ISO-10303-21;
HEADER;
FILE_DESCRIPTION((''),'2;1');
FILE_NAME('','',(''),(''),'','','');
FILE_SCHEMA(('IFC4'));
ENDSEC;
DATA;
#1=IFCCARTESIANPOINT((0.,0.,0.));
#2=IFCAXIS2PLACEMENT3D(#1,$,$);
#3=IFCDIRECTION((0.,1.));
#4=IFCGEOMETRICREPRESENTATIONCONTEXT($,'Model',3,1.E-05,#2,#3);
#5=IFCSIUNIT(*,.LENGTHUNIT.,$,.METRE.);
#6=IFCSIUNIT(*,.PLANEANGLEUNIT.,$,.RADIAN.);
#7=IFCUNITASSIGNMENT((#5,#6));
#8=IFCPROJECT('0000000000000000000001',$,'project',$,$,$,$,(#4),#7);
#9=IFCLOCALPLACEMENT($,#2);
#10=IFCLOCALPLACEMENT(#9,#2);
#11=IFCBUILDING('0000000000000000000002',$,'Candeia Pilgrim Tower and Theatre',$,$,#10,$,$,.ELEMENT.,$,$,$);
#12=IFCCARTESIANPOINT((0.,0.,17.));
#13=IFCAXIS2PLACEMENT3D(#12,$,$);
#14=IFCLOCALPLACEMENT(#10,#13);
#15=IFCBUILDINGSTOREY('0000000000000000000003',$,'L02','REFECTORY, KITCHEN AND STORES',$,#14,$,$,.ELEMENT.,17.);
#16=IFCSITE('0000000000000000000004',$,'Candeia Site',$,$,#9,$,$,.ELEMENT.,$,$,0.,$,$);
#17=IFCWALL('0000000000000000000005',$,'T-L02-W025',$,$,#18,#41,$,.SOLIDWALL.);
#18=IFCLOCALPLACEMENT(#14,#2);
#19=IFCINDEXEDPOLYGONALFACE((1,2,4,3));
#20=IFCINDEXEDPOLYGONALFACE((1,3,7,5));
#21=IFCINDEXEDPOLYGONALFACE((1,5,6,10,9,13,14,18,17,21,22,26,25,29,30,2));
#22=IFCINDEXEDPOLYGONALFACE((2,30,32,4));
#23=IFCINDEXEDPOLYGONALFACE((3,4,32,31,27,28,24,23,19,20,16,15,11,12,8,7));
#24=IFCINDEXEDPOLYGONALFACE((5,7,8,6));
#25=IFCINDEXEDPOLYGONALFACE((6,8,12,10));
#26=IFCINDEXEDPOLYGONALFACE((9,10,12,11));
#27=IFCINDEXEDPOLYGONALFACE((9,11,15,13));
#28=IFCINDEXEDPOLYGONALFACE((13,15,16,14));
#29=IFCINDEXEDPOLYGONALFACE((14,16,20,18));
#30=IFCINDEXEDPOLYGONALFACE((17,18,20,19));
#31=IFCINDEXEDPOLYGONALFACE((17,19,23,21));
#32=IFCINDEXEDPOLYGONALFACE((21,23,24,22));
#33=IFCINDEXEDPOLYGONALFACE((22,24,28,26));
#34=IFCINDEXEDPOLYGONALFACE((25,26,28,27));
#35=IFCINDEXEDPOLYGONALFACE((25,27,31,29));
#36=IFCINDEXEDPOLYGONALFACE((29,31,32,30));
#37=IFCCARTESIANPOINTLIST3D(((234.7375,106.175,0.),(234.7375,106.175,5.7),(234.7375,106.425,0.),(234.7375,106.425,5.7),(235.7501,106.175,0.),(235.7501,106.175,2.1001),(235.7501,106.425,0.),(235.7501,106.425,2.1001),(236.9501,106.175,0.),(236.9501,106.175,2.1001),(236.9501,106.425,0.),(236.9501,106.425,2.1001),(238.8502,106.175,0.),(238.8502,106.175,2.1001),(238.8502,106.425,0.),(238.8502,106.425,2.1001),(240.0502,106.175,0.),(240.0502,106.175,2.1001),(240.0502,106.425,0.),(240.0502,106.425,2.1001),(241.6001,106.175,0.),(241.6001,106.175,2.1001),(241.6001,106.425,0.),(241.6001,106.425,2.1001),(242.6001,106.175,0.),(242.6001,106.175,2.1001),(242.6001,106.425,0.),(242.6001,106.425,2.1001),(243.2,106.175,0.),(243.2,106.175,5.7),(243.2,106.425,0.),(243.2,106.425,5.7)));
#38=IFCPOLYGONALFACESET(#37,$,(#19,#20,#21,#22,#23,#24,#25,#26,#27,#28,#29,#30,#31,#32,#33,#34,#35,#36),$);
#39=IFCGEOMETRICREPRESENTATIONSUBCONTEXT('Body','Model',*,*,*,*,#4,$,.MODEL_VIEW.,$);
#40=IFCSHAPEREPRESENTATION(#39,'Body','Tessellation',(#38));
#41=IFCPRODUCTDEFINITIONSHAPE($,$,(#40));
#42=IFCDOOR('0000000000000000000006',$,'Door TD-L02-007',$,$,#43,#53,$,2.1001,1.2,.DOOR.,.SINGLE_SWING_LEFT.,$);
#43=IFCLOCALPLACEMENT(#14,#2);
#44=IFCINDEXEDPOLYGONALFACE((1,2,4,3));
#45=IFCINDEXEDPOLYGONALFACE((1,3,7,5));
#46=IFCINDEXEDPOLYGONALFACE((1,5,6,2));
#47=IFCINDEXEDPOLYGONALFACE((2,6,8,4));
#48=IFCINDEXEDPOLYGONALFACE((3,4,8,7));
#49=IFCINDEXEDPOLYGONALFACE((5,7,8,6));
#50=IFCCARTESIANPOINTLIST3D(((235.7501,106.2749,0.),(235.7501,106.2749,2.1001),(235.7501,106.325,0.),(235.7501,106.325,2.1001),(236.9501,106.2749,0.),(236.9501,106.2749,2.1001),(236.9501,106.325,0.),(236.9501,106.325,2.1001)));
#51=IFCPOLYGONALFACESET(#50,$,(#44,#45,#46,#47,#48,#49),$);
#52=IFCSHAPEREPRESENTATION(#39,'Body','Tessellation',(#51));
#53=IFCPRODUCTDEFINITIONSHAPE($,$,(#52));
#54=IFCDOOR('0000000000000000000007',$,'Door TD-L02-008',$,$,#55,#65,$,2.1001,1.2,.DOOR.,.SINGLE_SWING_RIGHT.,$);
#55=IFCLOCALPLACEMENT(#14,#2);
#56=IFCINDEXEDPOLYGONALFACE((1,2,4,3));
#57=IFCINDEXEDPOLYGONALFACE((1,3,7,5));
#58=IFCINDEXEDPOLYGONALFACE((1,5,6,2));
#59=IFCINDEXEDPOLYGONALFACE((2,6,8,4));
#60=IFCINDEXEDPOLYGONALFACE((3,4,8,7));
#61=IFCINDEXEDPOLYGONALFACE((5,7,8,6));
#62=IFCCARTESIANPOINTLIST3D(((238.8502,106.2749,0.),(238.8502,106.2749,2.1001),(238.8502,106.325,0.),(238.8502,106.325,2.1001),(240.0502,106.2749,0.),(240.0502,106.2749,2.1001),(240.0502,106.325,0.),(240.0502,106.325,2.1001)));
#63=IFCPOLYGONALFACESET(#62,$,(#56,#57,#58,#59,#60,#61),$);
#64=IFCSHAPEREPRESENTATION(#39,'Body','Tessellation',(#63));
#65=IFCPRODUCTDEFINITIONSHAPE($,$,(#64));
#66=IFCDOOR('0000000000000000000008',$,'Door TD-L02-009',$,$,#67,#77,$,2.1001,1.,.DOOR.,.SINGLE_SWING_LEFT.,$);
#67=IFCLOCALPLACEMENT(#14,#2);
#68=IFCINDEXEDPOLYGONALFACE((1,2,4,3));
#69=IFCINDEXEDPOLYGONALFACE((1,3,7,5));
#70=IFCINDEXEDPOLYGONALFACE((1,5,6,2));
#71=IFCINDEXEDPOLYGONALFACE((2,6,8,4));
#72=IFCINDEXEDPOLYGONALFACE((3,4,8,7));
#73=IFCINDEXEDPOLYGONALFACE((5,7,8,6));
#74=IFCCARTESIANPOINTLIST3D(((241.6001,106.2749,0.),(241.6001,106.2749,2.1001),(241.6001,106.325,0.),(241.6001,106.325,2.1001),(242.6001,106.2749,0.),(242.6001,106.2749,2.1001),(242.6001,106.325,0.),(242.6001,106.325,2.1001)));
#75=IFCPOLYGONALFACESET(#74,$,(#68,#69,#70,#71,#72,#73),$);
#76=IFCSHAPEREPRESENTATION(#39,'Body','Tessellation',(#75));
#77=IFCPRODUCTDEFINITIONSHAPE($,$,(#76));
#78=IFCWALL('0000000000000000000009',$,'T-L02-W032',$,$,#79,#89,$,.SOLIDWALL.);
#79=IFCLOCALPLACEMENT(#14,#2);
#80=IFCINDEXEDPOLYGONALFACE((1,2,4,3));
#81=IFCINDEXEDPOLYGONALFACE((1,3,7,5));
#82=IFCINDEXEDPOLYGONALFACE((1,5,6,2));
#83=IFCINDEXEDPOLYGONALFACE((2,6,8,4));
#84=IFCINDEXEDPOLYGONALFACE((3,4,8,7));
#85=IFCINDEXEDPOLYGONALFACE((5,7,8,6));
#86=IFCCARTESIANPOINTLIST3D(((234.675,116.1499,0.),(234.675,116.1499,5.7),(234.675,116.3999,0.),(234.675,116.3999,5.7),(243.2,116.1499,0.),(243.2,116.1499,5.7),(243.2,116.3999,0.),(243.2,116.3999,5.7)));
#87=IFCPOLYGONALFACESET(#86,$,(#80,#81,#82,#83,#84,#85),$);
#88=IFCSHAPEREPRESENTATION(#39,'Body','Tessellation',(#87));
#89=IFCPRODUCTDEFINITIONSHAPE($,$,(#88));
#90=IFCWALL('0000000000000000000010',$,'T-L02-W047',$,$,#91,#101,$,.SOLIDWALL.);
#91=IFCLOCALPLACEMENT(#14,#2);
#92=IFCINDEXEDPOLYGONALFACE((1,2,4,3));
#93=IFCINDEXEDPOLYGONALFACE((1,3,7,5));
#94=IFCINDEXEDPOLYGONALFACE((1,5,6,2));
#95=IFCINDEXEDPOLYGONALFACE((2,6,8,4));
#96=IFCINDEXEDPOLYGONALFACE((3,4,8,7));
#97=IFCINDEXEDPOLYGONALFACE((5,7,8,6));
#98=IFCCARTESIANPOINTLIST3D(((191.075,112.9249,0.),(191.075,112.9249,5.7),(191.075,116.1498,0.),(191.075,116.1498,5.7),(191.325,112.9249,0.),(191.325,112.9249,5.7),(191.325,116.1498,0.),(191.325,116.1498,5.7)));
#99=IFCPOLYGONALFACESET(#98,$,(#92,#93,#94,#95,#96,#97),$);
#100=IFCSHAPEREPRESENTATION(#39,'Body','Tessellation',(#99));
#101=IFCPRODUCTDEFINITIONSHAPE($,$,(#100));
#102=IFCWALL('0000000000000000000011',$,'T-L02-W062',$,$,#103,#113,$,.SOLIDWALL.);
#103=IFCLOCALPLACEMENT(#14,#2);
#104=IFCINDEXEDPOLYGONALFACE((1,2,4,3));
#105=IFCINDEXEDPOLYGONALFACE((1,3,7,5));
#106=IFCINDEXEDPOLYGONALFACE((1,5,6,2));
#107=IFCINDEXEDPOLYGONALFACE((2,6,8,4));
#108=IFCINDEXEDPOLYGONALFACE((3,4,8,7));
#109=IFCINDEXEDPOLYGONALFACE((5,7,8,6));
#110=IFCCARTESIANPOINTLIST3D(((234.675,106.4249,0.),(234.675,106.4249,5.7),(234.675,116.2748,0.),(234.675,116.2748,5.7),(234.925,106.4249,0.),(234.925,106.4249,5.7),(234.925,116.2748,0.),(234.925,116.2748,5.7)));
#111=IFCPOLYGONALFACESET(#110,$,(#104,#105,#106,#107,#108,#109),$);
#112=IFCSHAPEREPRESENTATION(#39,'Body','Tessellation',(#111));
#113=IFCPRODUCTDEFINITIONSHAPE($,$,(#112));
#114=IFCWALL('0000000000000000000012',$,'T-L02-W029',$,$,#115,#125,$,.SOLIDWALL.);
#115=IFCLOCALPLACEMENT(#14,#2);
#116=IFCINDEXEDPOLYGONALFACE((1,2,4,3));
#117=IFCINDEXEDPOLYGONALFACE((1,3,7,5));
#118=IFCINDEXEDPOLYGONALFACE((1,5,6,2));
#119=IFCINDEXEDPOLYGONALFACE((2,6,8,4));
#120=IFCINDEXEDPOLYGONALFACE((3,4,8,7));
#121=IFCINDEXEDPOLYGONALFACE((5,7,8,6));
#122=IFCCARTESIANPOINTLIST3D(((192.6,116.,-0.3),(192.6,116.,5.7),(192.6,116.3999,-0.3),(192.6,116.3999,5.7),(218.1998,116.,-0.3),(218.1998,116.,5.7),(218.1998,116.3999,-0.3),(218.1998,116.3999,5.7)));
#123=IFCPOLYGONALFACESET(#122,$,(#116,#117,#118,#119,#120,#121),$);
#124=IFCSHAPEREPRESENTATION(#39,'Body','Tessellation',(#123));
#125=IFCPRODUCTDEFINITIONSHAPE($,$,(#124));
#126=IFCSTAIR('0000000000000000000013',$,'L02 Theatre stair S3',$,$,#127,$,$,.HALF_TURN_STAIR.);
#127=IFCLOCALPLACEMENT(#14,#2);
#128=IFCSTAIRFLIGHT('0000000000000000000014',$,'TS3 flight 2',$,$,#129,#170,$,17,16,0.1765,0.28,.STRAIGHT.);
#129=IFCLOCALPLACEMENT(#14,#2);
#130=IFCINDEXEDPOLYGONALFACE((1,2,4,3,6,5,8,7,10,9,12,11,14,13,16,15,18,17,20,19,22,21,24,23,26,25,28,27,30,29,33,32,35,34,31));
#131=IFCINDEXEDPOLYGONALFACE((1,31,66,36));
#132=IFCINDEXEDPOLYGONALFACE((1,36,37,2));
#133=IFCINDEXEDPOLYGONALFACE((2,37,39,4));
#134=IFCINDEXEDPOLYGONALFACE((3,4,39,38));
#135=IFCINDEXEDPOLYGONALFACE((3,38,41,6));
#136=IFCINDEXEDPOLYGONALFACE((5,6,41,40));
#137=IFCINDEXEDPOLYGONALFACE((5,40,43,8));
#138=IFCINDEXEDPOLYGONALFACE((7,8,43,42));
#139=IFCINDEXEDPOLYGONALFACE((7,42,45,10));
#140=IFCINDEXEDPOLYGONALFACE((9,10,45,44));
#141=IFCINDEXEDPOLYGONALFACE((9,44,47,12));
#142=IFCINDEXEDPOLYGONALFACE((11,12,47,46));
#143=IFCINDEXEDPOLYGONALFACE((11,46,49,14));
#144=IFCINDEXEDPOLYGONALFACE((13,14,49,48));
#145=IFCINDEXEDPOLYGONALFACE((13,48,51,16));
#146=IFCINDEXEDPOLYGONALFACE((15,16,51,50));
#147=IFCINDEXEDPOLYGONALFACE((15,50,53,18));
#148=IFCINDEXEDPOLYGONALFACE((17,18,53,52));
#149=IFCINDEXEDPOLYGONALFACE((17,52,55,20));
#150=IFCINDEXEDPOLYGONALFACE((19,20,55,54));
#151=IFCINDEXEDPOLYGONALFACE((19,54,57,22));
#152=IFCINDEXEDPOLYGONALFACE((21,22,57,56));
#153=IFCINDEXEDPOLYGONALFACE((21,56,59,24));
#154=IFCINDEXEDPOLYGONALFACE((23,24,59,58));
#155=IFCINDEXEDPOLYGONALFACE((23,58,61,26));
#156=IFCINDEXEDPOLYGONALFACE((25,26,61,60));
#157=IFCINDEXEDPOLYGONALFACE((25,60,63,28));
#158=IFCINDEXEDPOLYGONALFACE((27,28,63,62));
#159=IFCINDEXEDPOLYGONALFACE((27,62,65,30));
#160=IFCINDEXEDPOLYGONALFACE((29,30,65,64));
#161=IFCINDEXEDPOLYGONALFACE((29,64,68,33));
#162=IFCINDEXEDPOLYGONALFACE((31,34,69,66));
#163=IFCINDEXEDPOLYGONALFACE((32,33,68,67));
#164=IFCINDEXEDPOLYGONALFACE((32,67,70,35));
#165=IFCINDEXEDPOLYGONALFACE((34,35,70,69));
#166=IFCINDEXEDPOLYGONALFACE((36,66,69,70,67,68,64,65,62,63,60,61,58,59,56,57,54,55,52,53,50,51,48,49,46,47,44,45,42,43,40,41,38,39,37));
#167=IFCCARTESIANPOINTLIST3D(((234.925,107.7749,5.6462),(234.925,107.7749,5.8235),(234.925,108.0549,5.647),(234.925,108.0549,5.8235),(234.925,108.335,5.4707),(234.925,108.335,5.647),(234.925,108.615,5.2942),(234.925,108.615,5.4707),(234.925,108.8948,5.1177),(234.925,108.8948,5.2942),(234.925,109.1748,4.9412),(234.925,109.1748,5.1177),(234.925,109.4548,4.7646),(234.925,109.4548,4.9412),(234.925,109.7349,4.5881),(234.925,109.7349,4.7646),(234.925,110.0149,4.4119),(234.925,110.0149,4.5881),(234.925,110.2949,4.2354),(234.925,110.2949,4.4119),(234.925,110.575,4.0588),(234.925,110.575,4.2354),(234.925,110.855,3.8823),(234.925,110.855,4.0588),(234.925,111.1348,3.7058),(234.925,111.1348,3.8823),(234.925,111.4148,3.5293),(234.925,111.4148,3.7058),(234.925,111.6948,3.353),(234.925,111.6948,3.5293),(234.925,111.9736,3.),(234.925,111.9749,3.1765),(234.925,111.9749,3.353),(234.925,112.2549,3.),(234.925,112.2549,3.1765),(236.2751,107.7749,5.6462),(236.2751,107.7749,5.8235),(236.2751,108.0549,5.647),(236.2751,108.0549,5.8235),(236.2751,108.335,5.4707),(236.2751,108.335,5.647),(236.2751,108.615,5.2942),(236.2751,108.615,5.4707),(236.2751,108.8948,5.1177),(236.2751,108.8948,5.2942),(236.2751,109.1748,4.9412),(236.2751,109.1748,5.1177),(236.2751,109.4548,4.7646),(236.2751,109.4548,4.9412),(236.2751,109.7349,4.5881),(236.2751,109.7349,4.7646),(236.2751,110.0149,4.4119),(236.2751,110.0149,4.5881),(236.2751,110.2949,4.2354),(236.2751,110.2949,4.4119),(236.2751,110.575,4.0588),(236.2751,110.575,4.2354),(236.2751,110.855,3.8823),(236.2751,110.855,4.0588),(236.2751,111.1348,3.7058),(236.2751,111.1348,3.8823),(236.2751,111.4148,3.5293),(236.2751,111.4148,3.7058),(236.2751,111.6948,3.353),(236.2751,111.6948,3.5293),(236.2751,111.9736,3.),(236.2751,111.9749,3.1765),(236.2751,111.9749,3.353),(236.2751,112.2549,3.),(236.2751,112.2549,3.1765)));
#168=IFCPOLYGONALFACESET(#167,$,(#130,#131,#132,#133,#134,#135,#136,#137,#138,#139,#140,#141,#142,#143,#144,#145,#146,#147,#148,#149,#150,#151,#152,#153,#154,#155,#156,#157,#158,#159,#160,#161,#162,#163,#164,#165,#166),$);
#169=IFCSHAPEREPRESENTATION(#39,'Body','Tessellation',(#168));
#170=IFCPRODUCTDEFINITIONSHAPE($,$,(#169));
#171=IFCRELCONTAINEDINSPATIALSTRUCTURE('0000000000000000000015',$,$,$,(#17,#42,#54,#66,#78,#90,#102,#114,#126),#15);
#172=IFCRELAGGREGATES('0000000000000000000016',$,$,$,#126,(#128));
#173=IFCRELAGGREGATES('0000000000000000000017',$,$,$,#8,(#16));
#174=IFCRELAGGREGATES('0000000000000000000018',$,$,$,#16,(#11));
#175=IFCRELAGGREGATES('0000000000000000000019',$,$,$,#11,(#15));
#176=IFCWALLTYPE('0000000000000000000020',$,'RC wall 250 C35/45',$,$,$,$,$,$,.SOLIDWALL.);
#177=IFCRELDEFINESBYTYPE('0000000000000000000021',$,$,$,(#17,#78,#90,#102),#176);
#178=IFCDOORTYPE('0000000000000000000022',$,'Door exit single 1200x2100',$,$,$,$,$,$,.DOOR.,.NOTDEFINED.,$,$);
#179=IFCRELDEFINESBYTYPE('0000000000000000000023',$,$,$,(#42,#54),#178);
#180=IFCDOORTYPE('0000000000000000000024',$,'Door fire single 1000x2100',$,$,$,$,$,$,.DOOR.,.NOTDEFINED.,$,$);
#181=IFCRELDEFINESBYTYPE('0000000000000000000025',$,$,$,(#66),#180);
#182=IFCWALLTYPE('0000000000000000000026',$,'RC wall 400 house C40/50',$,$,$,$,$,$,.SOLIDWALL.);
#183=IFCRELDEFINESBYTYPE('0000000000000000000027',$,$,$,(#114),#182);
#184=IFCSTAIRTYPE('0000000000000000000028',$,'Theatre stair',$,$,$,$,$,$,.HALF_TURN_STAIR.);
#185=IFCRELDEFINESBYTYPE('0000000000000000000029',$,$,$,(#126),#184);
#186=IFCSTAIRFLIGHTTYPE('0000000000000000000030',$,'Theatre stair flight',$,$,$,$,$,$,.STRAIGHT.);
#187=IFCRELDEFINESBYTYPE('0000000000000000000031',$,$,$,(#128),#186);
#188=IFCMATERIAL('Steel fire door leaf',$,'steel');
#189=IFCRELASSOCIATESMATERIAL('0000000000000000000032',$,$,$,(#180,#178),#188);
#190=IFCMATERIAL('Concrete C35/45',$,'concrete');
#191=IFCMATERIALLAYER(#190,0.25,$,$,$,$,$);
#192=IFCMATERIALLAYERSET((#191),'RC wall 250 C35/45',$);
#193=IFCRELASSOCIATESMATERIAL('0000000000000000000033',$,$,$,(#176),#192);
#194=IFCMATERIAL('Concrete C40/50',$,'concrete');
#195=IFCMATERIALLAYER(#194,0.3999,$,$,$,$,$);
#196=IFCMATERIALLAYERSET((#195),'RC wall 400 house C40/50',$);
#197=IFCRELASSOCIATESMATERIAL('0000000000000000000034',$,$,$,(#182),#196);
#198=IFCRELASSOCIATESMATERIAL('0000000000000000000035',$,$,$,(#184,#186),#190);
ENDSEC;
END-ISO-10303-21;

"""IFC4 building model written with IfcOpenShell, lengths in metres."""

from ifc_helpers import new_model, si_unit, direction, frame, frame_2d, origin, place, context, subcontext, project, spatial, polyline, rectangle, outline, extrude, material, layer, layer_set, type_object, element, fill, aggregate, save


model = new_model("IFC4")

# Units and contexts
model_context = context("Model", 3, precision=1e-05, world=origin(), true_north=direction((0.0, 1.0)))
body_context = subcontext(model_context, "Body", "Model", "MODEL_VIEW")
ifc_project = project(units=[si_unit("LENGTHUNIT", "METRE"), si_unit("PLANEANGLEUNIT", "RADIAN")], contexts=[model_context])

# Site, building, storey
site_placement = place(None, origin())
site = spatial("IfcSite", under=ifc_project, at=site_placement, Name="Candeia Site", CompositionType="ELEMENT", RefElevation=0.0)
building_placement = place(site_placement, origin())
building = spatial("IfcBuilding", under=site, at=building_placement, Name="Candeia Pilgrim Tower and Theatre", CompositionType="ELEMENT")
storey_placement = place(building_placement, frame((0.0, 0.0, 17.0)))
storey = spatial("IfcBuildingStorey", under=building, at=storey_placement, Name="L02", Description="REFECTORY, KITCHEN AND STORES", CompositionType="ELEMENT", Elevation=17.0)

# Shared definitions
ifc_material_1 = material(Name="Concrete C40/50", Category="concrete")

# Shared definitions
ifc_material_2 = material(Name="Steel fire door leaf", Category="steel")
door_type_1 = type_object("IfcDoorType", Name="Door fire single 1000x2100", OperationType="NOTDEFINED", PredefinedType="DOOR", material=ifc_material_2)

# Shared definitions
ifc_material_3 = material(Name="Concrete C35/45", Category="concrete")
ifc_layer_1 = layer(ifc_material_3, 0.25)
ifc_layer_set_1 = layer_set([ifc_layer_1], Name="RC wall 250 C35/45")
wall_type_1 = type_object("IfcWallType", Name="RC wall 250 C35/45", PredefinedType="SOLIDWALL", material=ifc_layer_set_1)

# Wall, openings, doors
wall_1_placement = place(storey_placement, frame((234.7375, 106.3, 0.0), z_axis=(0.0, 0.0, 1.0), x_axis=(1.0, 0.0, 0.0)))
wall_1 = element("IfcWall", 1, at=wall_1_placement, inside=storey, type_object=wall_type_1, Name="T-L02-W025", PredefinedType="SOLIDWALL", context=body_context, shape_type="SweptSolid", body=[
    extrude(rectangle(XDim=8.4624, YDim=0.25, at=frame_2d((4.2312, 0.0))), origin(), (0.0, 0.0, 1.0), 5.7),
])
opening_1_placement = place(wall_1_placement, frame((1.0125, 0.0, 0.0)))
opening_1 = element("IfcOpeningElement", 2, at=opening_1_placement, cuts=wall_1, PredefinedType="OPENING", context=body_context, shape_type="SweptSolid", body=[
    extrude(rectangle(XDim=1.2, YDim=2.1001, at=frame_2d((0.6001, 1.05))), frame((0.0, 0.135, 0.0), z_axis=(0.0, -1.0, 0.0), x_axis=(1.0, 0.0, 0.0)), (0.0, 0.0, 1.0), 0.27),
])
opening_2_placement = place(wall_1_placement, frame((4.1125, 0.0, 0.0)))
opening_2 = element("IfcOpeningElement", 3, at=opening_2_placement, cuts=wall_1, PredefinedType="OPENING", context=body_context, shape_type="SweptSolid", body=[
    extrude(rectangle(XDim=1.2, YDim=2.1001, at=frame_2d((0.6001, 1.05))), frame((0.0, 0.135, 0.0), z_axis=(0.0, -1.0, 0.0), x_axis=(1.0, 0.0, 0.0)), (0.0, 0.0, 1.0), 0.27),
])
opening_3_placement = place(wall_1_placement, frame((6.8625, 0.0, 0.0)))
opening_3 = element("IfcOpeningElement", 4, at=opening_3_placement, cuts=wall_1, PredefinedType="OPENING", context=body_context, shape_type="SweptSolid", body=[
    extrude(rectangle(XDim=1.0, YDim=2.1001, at=frame_2d((0.5, 1.05))), frame((0.0, 0.135, 0.0), z_axis=(0.0, -1.0, 0.0), x_axis=(1.0, 0.0, 0.0)), (0.0, 0.0, 1.0), 0.27),
])
door_type_2 = type_object("IfcDoorType", Name="Door exit single 1200x2100", OperationType="NOTDEFINED", PredefinedType="DOOR", material=ifc_material_2)
door_1_placement = place(opening_1_placement, origin())
door_1 = element("IfcDoor", 5, at=door_1_placement, inside=storey, type_object=door_type_2, Name="Door TD-L02-007", OperationType="SINGLE_SWING_LEFT", OverallHeight=2.1001, OverallWidth=1.2, PredefinedType="DOOR", context=body_context, shape_type="SweptSolid", body=[
    extrude(rectangle(XDim=1.2, YDim=2.1001, at=frame_2d((0.6001, 1.05))), frame((0.0, 0.0249, 0.0), z_axis=(0.0, -1.0, 0.0), x_axis=(1.0, 0.0, 0.0)), (0.0, 0.0, 1.0), 0.05),
])
fill(opening_1, door_1)
door_2_placement = place(opening_2_placement, origin())
door_2 = element("IfcDoor", 6, at=door_2_placement, inside=storey, type_object=door_type_2, Name="Door TD-L02-008", OperationType="SINGLE_SWING_RIGHT", OverallHeight=2.1001, OverallWidth=1.2, PredefinedType="DOOR", context=body_context, shape_type="SweptSolid", body=[
    extrude(rectangle(XDim=1.2, YDim=2.1001, at=frame_2d((0.6001, 1.05))), frame((0.0, 0.0249, 0.0), z_axis=(0.0, -1.0, 0.0), x_axis=(1.0, 0.0, 0.0)), (0.0, 0.0, 1.0), 0.05),
])
fill(opening_2, door_2)
door_3_placement = place(opening_3_placement, origin())
door_3 = element("IfcDoor", 7, at=door_3_placement, inside=storey, type_object=door_type_1, Name="Door TD-L02-009", OperationType="SINGLE_SWING_LEFT", OverallHeight=2.1001, OverallWidth=1.0, PredefinedType="DOOR", context=body_context, shape_type="SweptSolid", body=[
    extrude(rectangle(XDim=1.0, YDim=2.1001, at=frame_2d((0.5, 1.05))), frame((0.0, 0.0249, 0.0), z_axis=(0.0, -1.0, 0.0), x_axis=(1.0, 0.0, 0.0)), (0.0, 0.0, 1.0), 0.05),
])
fill(opening_3, door_3)

# Walls
wall_2_placement = place(storey_placement, frame((234.675, 116.2749, 0.0), z_axis=(0.0, 0.0, 1.0), x_axis=(1.0, 0.0, 0.0)))
element("IfcWall", 8, at=wall_2_placement, inside=storey, type_object=wall_type_1, Name="T-L02-W032", PredefinedType="SOLIDWALL", context=body_context, shape_type="SweptSolid", body=[
    extrude(rectangle(XDim=8.5249, YDim=0.25, at=frame_2d((4.2625, 0.0))), origin(), (0.0, 0.0, 1.0), 5.7),
])
wall_3_placement = place(storey_placement, frame((191.2, 112.925, 0.0), z_axis=(0.0, 0.0, 1.0), x_axis=(0.0, 1.0, 0.0)))
element("IfcWall", 9, at=wall_3_placement, inside=storey, type_object=wall_type_1, Name="T-L02-W047", PredefinedType="SOLIDWALL", context=body_context, shape_type="SweptSolid", body=[
    extrude(rectangle(XDim=3.2249, YDim=0.25, at=frame_2d((1.6123, 0.0))), origin(), (0.0, 0.0, 1.0), 5.7),
])
wall_4_placement = place(storey_placement, frame((234.8, 106.425, 0.0), z_axis=(0.0, 0.0, 1.0), x_axis=(0.0, 1.0, 0.0)))
element("IfcWall", 10, at=wall_4_placement, inside=storey, type_object=wall_type_1, Name="T-L02-W062", PredefinedType="SOLIDWALL", context=body_context, shape_type="SweptSolid", body=[
    extrude(rectangle(XDim=9.8499, YDim=0.25, at=frame_2d((4.9248, 0.0))), origin(), (0.0, 0.0, 1.0), 5.7),
])
ifc_layer_2 = layer(ifc_material_1, 0.3999)
ifc_layer_set_2 = layer_set([ifc_layer_2], Name="RC wall 400 house C40/50")
wall_type_2 = type_object("IfcWallType", Name="RC wall 400 house C40/50", PredefinedType="SOLIDWALL", material=ifc_layer_set_2)
wall_5_placement = place(storey_placement, frame((192.6001, 116.2, -0.3), z_axis=(0.0, 0.0, 1.0), x_axis=(1.0, 0.0, 0.0)))
element("IfcWall", 11, at=wall_5_placement, inside=storey, type_object=wall_type_2, Name="T-L02-W029", PredefinedType="SOLIDWALL", context=body_context, shape_type="SweptSolid", body=[
    extrude(rectangle(XDim=25.5999, YDim=0.3999, at=frame_2d((12.7998, 0.0))), origin(), (0.0, 0.0, 1.0), 6.0),
])

# Stair, stair flight
stair_type = type_object("IfcStairType", Name="Theatre stair", PredefinedType="HALF_TURN_STAIR", material=ifc_material_3)
stair_placement = place(storey_placement, origin())
stair = element("IfcStair", 12, at=stair_placement, inside=storey, type_object=stair_type, Name="L02 Theatre stair S3", PredefinedType="HALF_TURN_STAIR")
stair_flight_type = type_object("IfcStairFlightType", Name="Theatre stair flight", PredefinedType="STRAIGHT", material=ifc_material_3)
stair_flight_placement = place(storey_placement, frame((235.6001, 112.2549, 3.0), z_axis=(0.0, 0.0, 1.0), x_axis=(0.0, -1.0, 0.0)))
stair_flight = element("IfcStairFlight", 13, at=stair_flight_placement, type_object=stair_flight_type, Name="TS3 flight 2", NumberOfRisers=17, NumberOfTreads=16, PredefinedType="STRAIGHT", RiserHeight=0.1765, TreadLength=0.28, context=body_context, shape_type="SweptSolid", body=[
    extrude(outline(polyline([(0.0, 0.0), (0.0, 0.1765), (0.28, 0.1765), (0.28, 0.353), (0.5601, 0.353), (0.5601, 0.5293), (0.8401, 0.5293), (0.8401, 0.7058), (1.1201, 0.7058), (1.1201, 0.8823), (1.3999, 0.8823), (1.3999, 1.0588), (1.6799, 1.0588), (1.6799, 1.2354), (1.96, 1.2354), (1.96, 1.4119), (2.24, 1.4119), (2.24, 1.5881), (2.52, 1.5881), (2.52, 1.7646), (2.8, 1.7646), (2.8, 1.9412), (3.0801, 1.9412), (3.0801, 2.1177), (3.3601, 2.1177), (3.3601, 2.2942), (3.6399, 2.2942), (3.6399, 2.4707), (3.9199, 2.4707), (3.9199, 2.647), (4.2, 2.647), (4.2, 2.8235), (4.48, 2.8235), (4.48, 3.0), (4.48, 2.6462), (0.2812, 0.0), (0.0, 0.0)])), frame((0.0, 0.675, 0.0), z_axis=(0.0, -1.0, 0.0), x_axis=(1.0, 0.0, 0.0)), (0.0, 0.0, 1.0), 1.3501),
])
aggregate(stair, [stair_flight])

save(model, "model.ifc")
